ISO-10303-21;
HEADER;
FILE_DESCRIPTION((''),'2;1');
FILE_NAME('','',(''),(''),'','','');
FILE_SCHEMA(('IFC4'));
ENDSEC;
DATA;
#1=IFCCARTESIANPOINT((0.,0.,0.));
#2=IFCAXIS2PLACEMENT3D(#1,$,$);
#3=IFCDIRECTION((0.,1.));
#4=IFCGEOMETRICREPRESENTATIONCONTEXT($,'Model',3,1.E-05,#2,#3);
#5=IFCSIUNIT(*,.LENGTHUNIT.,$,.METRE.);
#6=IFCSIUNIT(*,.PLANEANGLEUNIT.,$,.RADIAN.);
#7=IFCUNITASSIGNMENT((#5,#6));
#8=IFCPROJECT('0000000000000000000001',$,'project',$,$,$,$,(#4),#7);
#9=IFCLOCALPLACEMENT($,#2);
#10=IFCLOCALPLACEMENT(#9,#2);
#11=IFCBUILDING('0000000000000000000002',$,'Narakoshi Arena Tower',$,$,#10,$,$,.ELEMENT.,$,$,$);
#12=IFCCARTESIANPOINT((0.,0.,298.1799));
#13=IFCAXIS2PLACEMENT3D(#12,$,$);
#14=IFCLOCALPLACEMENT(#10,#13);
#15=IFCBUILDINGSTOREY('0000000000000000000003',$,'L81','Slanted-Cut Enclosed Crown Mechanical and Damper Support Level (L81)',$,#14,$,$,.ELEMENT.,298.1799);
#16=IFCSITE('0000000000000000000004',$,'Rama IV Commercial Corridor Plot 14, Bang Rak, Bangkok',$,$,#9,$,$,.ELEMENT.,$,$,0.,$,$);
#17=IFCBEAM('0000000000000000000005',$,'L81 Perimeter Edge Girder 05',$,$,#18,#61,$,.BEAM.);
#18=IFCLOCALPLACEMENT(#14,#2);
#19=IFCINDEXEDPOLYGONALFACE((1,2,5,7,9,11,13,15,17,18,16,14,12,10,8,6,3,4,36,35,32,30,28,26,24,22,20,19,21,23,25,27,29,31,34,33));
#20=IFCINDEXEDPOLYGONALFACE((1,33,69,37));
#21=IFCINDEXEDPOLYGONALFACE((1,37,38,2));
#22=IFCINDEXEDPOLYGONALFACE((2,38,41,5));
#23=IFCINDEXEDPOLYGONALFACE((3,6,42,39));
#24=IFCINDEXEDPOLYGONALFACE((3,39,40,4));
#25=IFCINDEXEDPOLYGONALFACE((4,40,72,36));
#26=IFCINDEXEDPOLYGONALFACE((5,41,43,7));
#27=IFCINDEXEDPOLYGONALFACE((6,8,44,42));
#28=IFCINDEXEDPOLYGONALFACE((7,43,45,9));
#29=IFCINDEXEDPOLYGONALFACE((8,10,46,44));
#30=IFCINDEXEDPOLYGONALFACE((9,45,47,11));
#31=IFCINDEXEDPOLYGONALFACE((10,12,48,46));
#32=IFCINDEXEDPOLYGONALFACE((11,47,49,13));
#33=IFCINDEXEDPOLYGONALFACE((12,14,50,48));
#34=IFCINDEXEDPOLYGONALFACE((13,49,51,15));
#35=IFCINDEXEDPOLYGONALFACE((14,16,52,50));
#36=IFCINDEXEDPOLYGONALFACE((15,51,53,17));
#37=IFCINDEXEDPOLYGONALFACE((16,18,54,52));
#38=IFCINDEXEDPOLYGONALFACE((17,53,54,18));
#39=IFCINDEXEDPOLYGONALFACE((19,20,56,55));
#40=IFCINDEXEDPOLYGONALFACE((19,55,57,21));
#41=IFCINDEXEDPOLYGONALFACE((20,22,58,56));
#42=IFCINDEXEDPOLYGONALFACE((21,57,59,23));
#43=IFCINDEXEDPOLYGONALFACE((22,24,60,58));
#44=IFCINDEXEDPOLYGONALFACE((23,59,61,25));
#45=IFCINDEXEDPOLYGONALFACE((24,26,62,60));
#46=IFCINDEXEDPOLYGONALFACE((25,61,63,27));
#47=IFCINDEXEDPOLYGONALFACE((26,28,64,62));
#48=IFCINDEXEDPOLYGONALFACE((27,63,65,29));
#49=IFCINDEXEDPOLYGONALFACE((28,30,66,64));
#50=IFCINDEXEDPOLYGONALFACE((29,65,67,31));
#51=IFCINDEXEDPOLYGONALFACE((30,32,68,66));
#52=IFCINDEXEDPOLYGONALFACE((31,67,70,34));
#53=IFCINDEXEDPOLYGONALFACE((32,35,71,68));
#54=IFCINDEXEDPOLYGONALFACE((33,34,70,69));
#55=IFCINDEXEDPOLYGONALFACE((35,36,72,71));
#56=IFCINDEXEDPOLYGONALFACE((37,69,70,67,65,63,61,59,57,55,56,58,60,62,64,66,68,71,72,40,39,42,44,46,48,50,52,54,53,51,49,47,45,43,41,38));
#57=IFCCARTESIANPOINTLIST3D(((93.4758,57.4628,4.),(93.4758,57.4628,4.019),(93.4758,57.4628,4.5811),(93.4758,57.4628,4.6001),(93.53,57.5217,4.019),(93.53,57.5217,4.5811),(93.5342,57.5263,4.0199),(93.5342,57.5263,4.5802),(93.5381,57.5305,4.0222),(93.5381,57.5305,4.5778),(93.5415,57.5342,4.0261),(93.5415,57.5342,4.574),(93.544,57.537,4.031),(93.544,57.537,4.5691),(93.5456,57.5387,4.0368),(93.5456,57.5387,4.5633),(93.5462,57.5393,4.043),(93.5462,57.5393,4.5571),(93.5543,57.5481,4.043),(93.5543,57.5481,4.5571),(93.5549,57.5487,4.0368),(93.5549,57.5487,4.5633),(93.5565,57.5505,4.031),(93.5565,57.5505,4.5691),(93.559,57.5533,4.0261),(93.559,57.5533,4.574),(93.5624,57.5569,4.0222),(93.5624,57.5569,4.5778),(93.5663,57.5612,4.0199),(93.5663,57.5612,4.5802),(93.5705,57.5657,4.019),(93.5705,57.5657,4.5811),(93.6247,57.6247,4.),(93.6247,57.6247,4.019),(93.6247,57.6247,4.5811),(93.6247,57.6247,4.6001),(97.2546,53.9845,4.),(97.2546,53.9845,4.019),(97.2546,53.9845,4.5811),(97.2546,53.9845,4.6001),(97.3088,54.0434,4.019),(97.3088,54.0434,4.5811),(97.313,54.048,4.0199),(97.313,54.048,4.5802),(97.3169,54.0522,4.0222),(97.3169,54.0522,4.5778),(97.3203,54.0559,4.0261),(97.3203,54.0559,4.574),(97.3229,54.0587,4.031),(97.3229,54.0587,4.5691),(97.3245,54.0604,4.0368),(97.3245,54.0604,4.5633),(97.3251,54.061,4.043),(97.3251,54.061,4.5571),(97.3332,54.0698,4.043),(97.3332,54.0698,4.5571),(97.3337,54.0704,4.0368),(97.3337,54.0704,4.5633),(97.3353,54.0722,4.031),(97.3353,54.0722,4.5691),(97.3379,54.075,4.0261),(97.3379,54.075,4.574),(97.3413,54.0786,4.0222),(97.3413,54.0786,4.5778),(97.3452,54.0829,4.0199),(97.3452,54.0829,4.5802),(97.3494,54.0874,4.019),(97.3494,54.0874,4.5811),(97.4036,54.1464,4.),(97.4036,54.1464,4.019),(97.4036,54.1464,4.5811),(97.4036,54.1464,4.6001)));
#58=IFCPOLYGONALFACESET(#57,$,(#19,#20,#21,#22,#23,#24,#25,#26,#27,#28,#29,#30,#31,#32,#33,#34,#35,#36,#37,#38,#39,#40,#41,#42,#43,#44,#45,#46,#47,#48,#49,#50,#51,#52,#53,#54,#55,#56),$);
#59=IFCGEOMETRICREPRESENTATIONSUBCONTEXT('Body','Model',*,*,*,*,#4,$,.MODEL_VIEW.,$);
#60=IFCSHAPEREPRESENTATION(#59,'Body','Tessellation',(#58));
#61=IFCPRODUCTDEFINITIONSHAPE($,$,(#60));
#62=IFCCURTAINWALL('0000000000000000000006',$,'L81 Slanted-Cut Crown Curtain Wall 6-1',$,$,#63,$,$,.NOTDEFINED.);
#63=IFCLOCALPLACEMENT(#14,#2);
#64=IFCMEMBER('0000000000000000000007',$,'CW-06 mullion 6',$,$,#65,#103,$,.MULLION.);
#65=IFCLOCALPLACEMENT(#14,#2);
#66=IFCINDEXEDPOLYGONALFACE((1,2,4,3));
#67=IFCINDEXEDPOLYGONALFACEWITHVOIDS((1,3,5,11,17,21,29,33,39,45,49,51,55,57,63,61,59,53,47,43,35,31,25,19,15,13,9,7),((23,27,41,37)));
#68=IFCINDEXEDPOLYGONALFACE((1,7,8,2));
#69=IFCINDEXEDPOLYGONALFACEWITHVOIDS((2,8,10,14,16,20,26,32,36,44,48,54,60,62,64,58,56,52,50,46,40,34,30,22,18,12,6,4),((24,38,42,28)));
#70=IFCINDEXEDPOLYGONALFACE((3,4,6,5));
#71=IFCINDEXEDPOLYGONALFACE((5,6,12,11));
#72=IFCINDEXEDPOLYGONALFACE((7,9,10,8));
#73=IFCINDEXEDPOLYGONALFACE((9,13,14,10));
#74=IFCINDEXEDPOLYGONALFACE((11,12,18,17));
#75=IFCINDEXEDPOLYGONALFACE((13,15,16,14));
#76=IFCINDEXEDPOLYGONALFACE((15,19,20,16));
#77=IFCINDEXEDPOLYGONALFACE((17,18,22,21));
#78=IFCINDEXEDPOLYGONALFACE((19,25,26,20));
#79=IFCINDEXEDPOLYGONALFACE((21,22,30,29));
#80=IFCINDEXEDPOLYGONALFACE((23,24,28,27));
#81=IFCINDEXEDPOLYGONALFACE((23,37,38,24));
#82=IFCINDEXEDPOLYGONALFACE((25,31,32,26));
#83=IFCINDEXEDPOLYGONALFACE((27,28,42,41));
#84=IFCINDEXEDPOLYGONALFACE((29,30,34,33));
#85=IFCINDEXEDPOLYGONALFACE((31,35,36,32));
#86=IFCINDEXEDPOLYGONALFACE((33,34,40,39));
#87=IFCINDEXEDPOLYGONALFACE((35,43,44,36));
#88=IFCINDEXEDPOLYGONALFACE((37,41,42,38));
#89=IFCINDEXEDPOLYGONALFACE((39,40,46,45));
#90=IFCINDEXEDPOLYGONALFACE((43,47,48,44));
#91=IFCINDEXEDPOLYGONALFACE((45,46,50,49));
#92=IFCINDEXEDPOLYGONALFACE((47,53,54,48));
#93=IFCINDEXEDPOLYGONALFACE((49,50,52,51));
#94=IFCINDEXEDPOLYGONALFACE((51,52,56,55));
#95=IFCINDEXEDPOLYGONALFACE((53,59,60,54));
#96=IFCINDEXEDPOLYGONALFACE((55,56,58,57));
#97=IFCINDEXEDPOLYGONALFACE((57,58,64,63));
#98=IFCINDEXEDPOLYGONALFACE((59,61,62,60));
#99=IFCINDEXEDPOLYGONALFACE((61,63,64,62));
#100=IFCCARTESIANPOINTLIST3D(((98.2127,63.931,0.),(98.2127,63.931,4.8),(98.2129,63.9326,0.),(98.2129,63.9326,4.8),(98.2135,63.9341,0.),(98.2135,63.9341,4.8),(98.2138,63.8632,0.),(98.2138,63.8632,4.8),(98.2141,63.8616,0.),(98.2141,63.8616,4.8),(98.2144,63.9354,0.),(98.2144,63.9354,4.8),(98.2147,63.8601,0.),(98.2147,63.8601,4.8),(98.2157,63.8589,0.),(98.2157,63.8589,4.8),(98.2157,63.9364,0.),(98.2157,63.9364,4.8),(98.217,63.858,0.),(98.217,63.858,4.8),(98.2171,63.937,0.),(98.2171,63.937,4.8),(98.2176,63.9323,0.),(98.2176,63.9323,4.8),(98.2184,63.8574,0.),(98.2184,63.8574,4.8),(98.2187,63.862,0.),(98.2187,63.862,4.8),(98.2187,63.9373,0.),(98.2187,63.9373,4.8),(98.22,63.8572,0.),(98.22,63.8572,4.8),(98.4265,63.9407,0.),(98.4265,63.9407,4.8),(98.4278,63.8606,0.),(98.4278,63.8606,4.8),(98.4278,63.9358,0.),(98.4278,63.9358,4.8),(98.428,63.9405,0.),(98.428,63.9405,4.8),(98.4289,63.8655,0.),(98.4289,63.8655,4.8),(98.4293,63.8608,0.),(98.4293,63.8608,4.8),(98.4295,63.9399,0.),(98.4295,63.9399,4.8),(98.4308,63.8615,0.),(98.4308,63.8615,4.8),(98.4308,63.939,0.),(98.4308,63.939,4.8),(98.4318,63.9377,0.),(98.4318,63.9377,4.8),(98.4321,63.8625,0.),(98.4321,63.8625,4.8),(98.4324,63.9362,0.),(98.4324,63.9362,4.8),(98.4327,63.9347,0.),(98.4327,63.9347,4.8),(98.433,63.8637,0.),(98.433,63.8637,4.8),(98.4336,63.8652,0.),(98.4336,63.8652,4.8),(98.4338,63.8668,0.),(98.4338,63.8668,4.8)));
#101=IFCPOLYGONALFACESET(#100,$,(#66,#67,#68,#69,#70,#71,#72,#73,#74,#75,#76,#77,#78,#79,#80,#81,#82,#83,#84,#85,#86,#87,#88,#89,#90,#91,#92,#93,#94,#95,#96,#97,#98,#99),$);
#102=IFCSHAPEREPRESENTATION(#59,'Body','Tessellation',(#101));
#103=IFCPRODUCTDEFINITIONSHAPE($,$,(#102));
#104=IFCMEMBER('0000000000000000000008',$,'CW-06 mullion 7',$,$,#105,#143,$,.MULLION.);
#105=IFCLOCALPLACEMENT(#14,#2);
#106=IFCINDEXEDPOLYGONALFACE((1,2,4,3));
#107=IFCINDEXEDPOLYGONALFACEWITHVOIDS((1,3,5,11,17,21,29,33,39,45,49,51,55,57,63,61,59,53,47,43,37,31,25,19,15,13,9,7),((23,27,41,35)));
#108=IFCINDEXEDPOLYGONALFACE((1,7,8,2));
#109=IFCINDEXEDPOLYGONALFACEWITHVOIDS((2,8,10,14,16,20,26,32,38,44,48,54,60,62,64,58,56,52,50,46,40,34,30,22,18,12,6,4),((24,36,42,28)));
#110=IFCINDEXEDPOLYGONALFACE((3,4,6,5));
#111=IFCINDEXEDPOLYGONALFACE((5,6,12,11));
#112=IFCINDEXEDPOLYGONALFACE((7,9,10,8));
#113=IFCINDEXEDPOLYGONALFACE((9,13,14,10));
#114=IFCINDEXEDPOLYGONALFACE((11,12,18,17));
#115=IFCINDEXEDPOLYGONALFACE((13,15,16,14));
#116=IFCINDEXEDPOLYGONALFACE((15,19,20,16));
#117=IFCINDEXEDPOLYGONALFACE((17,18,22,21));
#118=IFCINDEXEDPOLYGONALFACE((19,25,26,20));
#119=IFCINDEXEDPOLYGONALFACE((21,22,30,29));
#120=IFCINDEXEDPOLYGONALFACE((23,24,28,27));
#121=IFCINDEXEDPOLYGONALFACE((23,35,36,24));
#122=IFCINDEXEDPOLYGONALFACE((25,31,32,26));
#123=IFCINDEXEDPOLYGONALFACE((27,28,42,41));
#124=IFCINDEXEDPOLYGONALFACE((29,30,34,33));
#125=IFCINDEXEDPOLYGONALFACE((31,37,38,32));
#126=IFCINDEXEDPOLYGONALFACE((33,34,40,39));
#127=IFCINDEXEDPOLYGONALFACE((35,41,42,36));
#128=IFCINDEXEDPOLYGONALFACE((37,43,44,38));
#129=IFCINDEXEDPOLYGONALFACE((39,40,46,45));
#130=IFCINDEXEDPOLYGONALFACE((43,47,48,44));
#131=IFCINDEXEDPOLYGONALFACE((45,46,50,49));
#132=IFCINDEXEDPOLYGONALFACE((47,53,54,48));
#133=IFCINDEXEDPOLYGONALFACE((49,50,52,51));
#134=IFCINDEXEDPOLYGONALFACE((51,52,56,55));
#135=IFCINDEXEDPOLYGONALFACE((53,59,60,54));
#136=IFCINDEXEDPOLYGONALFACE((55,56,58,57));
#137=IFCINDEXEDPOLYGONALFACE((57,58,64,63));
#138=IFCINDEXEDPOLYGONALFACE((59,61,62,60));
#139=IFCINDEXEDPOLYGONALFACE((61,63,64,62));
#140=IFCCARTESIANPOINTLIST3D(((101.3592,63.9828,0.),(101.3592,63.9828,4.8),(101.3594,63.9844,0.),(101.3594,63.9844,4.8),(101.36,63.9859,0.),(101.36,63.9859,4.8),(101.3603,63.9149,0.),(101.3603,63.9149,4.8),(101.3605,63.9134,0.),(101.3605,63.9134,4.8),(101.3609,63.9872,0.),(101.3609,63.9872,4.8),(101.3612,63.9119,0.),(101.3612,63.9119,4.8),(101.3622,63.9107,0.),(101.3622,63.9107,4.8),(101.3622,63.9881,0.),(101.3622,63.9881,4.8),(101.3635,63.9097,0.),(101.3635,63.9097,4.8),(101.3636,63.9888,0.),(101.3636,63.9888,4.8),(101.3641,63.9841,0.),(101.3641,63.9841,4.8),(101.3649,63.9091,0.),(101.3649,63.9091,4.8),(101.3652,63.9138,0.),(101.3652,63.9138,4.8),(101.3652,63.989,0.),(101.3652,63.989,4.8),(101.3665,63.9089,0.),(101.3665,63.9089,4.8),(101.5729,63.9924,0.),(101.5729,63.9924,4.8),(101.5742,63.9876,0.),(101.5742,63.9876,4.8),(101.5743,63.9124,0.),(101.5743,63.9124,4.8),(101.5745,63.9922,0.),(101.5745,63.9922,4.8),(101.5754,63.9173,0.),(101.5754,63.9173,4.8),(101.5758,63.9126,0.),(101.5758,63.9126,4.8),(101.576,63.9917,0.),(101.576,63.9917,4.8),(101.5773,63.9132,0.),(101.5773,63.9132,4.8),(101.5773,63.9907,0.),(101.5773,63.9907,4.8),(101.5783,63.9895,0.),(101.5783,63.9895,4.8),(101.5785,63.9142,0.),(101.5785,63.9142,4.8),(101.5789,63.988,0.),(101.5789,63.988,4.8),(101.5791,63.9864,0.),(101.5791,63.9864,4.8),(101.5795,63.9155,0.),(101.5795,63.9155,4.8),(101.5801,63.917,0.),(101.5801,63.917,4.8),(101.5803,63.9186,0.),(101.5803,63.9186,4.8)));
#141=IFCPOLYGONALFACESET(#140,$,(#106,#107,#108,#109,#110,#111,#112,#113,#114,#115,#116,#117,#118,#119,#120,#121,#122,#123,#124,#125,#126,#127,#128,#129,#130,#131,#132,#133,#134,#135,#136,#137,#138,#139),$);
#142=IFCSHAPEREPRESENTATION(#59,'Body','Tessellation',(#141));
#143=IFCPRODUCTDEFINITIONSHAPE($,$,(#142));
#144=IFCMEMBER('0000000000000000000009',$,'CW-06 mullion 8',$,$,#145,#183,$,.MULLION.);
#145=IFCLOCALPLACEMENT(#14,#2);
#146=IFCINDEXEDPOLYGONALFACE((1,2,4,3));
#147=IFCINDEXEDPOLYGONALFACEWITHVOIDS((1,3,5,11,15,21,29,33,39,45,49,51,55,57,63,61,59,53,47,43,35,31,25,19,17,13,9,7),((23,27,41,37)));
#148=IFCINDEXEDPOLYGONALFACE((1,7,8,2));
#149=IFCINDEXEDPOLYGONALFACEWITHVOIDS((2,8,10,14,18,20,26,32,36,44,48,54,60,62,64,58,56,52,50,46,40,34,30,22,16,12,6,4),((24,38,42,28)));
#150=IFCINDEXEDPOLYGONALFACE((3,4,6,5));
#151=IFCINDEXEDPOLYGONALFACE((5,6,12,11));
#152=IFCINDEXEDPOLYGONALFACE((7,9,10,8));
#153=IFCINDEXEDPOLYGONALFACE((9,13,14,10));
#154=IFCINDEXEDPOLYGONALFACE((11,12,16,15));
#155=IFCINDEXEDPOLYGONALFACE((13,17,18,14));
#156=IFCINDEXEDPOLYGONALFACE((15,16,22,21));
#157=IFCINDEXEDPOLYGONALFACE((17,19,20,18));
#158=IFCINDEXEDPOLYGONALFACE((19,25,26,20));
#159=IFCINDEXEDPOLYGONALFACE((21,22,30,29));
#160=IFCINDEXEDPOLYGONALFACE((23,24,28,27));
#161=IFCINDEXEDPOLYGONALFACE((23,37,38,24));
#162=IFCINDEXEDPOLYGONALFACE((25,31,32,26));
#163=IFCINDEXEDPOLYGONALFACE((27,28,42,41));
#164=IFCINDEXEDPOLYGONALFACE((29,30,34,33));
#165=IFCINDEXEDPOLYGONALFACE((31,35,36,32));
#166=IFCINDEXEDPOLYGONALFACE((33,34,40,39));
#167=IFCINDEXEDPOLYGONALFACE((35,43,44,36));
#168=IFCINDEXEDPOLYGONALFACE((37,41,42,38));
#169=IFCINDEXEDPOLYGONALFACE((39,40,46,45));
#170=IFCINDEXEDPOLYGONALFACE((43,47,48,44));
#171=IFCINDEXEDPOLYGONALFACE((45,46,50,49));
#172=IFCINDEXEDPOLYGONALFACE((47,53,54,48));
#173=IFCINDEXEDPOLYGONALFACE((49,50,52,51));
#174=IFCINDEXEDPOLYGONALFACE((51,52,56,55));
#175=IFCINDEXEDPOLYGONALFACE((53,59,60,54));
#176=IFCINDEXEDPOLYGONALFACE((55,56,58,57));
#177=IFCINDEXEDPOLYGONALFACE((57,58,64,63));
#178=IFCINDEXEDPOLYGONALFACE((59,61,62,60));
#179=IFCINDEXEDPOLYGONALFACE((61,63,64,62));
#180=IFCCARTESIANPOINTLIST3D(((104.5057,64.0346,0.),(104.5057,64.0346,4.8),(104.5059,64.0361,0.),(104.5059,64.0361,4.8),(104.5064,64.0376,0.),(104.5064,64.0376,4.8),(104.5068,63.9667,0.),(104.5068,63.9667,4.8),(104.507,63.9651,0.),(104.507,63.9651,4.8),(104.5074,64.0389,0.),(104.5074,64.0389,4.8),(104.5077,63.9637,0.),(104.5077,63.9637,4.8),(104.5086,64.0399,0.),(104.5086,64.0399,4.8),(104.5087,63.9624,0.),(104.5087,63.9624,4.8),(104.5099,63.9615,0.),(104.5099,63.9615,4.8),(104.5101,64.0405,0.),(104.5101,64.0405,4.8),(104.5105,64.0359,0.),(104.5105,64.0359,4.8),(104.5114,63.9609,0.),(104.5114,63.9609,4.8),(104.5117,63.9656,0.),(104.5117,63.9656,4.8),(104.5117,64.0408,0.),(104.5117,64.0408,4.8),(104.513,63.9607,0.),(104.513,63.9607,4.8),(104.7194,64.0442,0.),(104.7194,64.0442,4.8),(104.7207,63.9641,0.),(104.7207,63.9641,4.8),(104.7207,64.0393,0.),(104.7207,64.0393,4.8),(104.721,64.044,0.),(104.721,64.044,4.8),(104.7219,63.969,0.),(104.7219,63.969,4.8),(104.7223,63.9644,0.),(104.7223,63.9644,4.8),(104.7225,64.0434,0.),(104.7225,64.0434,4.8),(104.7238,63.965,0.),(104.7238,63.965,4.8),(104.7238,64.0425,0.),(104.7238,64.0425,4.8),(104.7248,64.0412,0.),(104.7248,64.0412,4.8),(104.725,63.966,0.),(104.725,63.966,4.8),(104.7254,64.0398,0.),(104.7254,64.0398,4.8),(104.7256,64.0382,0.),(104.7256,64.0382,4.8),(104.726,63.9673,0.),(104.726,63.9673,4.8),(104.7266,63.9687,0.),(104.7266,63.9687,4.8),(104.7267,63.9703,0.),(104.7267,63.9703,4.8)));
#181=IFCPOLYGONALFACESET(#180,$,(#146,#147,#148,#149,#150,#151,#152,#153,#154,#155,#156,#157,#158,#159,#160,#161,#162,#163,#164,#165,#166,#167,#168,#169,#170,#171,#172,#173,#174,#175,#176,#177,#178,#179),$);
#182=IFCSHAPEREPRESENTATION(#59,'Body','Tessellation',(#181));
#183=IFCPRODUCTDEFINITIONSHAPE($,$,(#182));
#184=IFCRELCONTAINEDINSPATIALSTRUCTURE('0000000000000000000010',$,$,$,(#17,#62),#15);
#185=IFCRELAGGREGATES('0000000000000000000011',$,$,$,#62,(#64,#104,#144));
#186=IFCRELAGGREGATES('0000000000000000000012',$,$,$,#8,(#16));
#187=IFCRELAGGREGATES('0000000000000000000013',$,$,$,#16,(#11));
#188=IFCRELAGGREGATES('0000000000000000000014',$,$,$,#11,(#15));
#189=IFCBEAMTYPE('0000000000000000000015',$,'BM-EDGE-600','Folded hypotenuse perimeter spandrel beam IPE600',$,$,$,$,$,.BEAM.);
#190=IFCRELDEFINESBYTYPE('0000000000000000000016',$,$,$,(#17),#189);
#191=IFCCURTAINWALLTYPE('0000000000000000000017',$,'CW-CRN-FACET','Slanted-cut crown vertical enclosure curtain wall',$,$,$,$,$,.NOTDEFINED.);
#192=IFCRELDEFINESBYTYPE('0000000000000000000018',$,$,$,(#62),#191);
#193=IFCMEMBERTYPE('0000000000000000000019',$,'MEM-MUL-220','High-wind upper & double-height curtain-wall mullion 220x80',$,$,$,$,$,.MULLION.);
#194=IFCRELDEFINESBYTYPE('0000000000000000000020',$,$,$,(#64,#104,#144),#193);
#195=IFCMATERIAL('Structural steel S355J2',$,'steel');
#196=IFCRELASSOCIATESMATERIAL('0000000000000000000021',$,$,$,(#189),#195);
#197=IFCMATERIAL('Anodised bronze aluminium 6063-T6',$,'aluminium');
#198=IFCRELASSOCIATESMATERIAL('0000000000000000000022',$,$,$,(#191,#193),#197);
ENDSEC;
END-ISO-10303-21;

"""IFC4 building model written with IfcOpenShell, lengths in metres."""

from ifc_helpers import new_model, si_unit, direction, frame, origin, origin_2d, place, context, subcontext, project, spatial, hollow_rectangle, i_section, extrude, material, material_profile, profile_set, type_object, element, aggregate, save


model = new_model("IFC4")

# Units and contexts
model_context = context("Model", 3, precision=1e-05, world=origin(), true_north=direction((0.0, 1.0)))
body_context = subcontext(model_context, "Body", "Model", "MODEL_VIEW")
ifc_project = project(units=[si_unit("LENGTHUNIT", "METRE"), si_unit("PLANEANGLEUNIT", "RADIAN")], contexts=[model_context])

# Site, building, storey
site_placement = place(None, origin())
site = spatial("IfcSite", under=ifc_project, at=site_placement, Name="Rama IV Commercial Corridor Plot 14, Bang Rak, Bangkok", CompositionType="ELEMENT", RefElevation=0.0)
building_placement = place(site_placement, origin())
building = spatial("IfcBuilding", under=site, at=building_placement, Name="Narakoshi Arena Tower", CompositionType="ELEMENT")
storey_placement = place(building_placement, frame((0.0, 0.0, 298.1799)))
storey = spatial("IfcBuildingStorey", under=building, at=storey_placement, Name="L81", Description="Slanted-Cut Enclosed Crown Mechanical and Damper Support Level (L81)", CompositionType="ELEMENT", Elevation=298.1799)

# Shared definitions
ifc_material_1 = material(Name="Structural steel S355J2", Category="steel")

# Beam
ifc_material_profile_1 = material_profile(ifc_material_1, i_section(OverallWidth=0.22, OverallDepth=0.6001, WebThickness=0.012, FlangeThickness=0.019, FilletRadius=0.0239, at=origin_2d()), Name="IPE600")
ifc_profile_set_1 = profile_set([ifc_material_profile_1], Name="Structural steel S355J2")
beam_type = type_object("IfcBeamType", Name="BM-EDGE-600", Description="Folded hypotenuse perimeter spandrel beam IPE600", PredefinedType="BEAM", material=ifc_profile_set_1)
beam_1_placement = place(storey_placement, frame((97.3291, 54.0654, 4.3), z_axis=(-0.73576, 0.677243, 0.0), x_axis=(-0.677243, -0.73576, 0.0)))
element("IfcBeam", 1, at=beam_1_placement, inside=storey, type_object=beam_type, Name="L81 Perimeter Edge Girder 05", PredefinedType="BEAM", context=body_context, shape_type="SweptSolid", body=[
    extrude(i_section(OverallWidth=0.22, OverallDepth=0.6001, WebThickness=0.012, FlangeThickness=0.019, FilletRadius=0.0239, at=origin_2d()), origin(), (0.0, 0.0, 1.0), 5.136),
])

# Curtain wall, members
ifc_material_2 = material(Name="Anodised bronze aluminium 6063-T6", Category="aluminium")
curtain_wall_type = type_object("IfcCurtainWallType", Name="CW-CRN-FACET", Description="Slanted-cut crown vertical enclosure curtain wall", PredefinedType="NOTDEFINED", material=ifc_material_2)
curtain_wall_placement = place(storey_placement, origin())
curtain_wall = element("IfcCurtainWall", 2, at=curtain_wall_placement, inside=storey, type_object=curtain_wall_type, Name="L81 Slanted-Cut Crown Curtain Wall 6-1", PredefinedType="NOTDEFINED")
ifc_material_profile_2 = material_profile(ifc_material_2, hollow_rectangle(XDim=0.0801, YDim=0.22, WallThickness=0.0049, OuterFilletRadius=0.0061, at=origin_2d()), Name="MUL220x80x5")
ifc_profile_set_2 = profile_set([ifc_material_profile_2], Name="Anodised bronze aluminium 6063-T6")
member_type_1 = type_object("IfcMemberType", Name="MEM-MUL-220", Description="High-wind upper & double-height curtain-wall mullion 220x80", PredefinedType="MULLION", material=ifc_profile_set_2)
member_1_placement = place(storey_placement, frame((98.3232, 63.8989, 0.0), z_axis=(0.0, 0.0, 1.0), x_axis=(-0.016447, 0.999865, 0.0)))
member_1 = element("IfcMember", 3, at=member_1_placement, type_object=member_type_1, Name="CW-06 mullion 6", PredefinedType="MULLION", context=body_context, shape_type="SweptSolid", body=[
    extrude(hollow_rectangle(XDim=0.0801, YDim=0.22, WallThickness=0.0049, OuterFilletRadius=0.0061, at=origin_2d()), origin(), (0.0, 0.0, 1.0), 4.8),
])
member_2_placement = place(storey_placement, frame((101.4697, 63.9507, 0.0), z_axis=(0.0, 0.0, 1.0), x_axis=(-0.016447, 0.999865, 0.0)))
member_2 = element("IfcMember", 4, at=member_2_placement, type_object=member_type_1, Name="CW-06 mullion 7", PredefinedType="MULLION", context=body_context, shape_type="SweptSolid", body=[
    extrude(hollow_rectangle(XDim=0.0801, YDim=0.22, WallThickness=0.0049, OuterFilletRadius=0.0061, at=origin_2d()), origin(), (0.0, 0.0, 1.0), 4.8),
])
member_3_placement = place(storey_placement, frame((104.6162, 64.0024, 0.0), z_axis=(0.0, 0.0, 1.0), x_axis=(-0.016447, 0.999865, 0.0)))
member_3 = element("IfcMember", 5, at=member_3_placement, type_object=member_type_1, Name="CW-06 mullion 8", PredefinedType="MULLION", context=body_context, shape_type="SweptSolid", body=[
    extrude(hollow_rectangle(XDim=0.0801, YDim=0.22, WallThickness=0.0049, OuterFilletRadius=0.0061, at=origin_2d()), origin(), (0.0, 0.0, 1.0), 4.8),
])
aggregate(curtain_wall, [member_1, member_2, member_3])

save(model, "model.ifc")
